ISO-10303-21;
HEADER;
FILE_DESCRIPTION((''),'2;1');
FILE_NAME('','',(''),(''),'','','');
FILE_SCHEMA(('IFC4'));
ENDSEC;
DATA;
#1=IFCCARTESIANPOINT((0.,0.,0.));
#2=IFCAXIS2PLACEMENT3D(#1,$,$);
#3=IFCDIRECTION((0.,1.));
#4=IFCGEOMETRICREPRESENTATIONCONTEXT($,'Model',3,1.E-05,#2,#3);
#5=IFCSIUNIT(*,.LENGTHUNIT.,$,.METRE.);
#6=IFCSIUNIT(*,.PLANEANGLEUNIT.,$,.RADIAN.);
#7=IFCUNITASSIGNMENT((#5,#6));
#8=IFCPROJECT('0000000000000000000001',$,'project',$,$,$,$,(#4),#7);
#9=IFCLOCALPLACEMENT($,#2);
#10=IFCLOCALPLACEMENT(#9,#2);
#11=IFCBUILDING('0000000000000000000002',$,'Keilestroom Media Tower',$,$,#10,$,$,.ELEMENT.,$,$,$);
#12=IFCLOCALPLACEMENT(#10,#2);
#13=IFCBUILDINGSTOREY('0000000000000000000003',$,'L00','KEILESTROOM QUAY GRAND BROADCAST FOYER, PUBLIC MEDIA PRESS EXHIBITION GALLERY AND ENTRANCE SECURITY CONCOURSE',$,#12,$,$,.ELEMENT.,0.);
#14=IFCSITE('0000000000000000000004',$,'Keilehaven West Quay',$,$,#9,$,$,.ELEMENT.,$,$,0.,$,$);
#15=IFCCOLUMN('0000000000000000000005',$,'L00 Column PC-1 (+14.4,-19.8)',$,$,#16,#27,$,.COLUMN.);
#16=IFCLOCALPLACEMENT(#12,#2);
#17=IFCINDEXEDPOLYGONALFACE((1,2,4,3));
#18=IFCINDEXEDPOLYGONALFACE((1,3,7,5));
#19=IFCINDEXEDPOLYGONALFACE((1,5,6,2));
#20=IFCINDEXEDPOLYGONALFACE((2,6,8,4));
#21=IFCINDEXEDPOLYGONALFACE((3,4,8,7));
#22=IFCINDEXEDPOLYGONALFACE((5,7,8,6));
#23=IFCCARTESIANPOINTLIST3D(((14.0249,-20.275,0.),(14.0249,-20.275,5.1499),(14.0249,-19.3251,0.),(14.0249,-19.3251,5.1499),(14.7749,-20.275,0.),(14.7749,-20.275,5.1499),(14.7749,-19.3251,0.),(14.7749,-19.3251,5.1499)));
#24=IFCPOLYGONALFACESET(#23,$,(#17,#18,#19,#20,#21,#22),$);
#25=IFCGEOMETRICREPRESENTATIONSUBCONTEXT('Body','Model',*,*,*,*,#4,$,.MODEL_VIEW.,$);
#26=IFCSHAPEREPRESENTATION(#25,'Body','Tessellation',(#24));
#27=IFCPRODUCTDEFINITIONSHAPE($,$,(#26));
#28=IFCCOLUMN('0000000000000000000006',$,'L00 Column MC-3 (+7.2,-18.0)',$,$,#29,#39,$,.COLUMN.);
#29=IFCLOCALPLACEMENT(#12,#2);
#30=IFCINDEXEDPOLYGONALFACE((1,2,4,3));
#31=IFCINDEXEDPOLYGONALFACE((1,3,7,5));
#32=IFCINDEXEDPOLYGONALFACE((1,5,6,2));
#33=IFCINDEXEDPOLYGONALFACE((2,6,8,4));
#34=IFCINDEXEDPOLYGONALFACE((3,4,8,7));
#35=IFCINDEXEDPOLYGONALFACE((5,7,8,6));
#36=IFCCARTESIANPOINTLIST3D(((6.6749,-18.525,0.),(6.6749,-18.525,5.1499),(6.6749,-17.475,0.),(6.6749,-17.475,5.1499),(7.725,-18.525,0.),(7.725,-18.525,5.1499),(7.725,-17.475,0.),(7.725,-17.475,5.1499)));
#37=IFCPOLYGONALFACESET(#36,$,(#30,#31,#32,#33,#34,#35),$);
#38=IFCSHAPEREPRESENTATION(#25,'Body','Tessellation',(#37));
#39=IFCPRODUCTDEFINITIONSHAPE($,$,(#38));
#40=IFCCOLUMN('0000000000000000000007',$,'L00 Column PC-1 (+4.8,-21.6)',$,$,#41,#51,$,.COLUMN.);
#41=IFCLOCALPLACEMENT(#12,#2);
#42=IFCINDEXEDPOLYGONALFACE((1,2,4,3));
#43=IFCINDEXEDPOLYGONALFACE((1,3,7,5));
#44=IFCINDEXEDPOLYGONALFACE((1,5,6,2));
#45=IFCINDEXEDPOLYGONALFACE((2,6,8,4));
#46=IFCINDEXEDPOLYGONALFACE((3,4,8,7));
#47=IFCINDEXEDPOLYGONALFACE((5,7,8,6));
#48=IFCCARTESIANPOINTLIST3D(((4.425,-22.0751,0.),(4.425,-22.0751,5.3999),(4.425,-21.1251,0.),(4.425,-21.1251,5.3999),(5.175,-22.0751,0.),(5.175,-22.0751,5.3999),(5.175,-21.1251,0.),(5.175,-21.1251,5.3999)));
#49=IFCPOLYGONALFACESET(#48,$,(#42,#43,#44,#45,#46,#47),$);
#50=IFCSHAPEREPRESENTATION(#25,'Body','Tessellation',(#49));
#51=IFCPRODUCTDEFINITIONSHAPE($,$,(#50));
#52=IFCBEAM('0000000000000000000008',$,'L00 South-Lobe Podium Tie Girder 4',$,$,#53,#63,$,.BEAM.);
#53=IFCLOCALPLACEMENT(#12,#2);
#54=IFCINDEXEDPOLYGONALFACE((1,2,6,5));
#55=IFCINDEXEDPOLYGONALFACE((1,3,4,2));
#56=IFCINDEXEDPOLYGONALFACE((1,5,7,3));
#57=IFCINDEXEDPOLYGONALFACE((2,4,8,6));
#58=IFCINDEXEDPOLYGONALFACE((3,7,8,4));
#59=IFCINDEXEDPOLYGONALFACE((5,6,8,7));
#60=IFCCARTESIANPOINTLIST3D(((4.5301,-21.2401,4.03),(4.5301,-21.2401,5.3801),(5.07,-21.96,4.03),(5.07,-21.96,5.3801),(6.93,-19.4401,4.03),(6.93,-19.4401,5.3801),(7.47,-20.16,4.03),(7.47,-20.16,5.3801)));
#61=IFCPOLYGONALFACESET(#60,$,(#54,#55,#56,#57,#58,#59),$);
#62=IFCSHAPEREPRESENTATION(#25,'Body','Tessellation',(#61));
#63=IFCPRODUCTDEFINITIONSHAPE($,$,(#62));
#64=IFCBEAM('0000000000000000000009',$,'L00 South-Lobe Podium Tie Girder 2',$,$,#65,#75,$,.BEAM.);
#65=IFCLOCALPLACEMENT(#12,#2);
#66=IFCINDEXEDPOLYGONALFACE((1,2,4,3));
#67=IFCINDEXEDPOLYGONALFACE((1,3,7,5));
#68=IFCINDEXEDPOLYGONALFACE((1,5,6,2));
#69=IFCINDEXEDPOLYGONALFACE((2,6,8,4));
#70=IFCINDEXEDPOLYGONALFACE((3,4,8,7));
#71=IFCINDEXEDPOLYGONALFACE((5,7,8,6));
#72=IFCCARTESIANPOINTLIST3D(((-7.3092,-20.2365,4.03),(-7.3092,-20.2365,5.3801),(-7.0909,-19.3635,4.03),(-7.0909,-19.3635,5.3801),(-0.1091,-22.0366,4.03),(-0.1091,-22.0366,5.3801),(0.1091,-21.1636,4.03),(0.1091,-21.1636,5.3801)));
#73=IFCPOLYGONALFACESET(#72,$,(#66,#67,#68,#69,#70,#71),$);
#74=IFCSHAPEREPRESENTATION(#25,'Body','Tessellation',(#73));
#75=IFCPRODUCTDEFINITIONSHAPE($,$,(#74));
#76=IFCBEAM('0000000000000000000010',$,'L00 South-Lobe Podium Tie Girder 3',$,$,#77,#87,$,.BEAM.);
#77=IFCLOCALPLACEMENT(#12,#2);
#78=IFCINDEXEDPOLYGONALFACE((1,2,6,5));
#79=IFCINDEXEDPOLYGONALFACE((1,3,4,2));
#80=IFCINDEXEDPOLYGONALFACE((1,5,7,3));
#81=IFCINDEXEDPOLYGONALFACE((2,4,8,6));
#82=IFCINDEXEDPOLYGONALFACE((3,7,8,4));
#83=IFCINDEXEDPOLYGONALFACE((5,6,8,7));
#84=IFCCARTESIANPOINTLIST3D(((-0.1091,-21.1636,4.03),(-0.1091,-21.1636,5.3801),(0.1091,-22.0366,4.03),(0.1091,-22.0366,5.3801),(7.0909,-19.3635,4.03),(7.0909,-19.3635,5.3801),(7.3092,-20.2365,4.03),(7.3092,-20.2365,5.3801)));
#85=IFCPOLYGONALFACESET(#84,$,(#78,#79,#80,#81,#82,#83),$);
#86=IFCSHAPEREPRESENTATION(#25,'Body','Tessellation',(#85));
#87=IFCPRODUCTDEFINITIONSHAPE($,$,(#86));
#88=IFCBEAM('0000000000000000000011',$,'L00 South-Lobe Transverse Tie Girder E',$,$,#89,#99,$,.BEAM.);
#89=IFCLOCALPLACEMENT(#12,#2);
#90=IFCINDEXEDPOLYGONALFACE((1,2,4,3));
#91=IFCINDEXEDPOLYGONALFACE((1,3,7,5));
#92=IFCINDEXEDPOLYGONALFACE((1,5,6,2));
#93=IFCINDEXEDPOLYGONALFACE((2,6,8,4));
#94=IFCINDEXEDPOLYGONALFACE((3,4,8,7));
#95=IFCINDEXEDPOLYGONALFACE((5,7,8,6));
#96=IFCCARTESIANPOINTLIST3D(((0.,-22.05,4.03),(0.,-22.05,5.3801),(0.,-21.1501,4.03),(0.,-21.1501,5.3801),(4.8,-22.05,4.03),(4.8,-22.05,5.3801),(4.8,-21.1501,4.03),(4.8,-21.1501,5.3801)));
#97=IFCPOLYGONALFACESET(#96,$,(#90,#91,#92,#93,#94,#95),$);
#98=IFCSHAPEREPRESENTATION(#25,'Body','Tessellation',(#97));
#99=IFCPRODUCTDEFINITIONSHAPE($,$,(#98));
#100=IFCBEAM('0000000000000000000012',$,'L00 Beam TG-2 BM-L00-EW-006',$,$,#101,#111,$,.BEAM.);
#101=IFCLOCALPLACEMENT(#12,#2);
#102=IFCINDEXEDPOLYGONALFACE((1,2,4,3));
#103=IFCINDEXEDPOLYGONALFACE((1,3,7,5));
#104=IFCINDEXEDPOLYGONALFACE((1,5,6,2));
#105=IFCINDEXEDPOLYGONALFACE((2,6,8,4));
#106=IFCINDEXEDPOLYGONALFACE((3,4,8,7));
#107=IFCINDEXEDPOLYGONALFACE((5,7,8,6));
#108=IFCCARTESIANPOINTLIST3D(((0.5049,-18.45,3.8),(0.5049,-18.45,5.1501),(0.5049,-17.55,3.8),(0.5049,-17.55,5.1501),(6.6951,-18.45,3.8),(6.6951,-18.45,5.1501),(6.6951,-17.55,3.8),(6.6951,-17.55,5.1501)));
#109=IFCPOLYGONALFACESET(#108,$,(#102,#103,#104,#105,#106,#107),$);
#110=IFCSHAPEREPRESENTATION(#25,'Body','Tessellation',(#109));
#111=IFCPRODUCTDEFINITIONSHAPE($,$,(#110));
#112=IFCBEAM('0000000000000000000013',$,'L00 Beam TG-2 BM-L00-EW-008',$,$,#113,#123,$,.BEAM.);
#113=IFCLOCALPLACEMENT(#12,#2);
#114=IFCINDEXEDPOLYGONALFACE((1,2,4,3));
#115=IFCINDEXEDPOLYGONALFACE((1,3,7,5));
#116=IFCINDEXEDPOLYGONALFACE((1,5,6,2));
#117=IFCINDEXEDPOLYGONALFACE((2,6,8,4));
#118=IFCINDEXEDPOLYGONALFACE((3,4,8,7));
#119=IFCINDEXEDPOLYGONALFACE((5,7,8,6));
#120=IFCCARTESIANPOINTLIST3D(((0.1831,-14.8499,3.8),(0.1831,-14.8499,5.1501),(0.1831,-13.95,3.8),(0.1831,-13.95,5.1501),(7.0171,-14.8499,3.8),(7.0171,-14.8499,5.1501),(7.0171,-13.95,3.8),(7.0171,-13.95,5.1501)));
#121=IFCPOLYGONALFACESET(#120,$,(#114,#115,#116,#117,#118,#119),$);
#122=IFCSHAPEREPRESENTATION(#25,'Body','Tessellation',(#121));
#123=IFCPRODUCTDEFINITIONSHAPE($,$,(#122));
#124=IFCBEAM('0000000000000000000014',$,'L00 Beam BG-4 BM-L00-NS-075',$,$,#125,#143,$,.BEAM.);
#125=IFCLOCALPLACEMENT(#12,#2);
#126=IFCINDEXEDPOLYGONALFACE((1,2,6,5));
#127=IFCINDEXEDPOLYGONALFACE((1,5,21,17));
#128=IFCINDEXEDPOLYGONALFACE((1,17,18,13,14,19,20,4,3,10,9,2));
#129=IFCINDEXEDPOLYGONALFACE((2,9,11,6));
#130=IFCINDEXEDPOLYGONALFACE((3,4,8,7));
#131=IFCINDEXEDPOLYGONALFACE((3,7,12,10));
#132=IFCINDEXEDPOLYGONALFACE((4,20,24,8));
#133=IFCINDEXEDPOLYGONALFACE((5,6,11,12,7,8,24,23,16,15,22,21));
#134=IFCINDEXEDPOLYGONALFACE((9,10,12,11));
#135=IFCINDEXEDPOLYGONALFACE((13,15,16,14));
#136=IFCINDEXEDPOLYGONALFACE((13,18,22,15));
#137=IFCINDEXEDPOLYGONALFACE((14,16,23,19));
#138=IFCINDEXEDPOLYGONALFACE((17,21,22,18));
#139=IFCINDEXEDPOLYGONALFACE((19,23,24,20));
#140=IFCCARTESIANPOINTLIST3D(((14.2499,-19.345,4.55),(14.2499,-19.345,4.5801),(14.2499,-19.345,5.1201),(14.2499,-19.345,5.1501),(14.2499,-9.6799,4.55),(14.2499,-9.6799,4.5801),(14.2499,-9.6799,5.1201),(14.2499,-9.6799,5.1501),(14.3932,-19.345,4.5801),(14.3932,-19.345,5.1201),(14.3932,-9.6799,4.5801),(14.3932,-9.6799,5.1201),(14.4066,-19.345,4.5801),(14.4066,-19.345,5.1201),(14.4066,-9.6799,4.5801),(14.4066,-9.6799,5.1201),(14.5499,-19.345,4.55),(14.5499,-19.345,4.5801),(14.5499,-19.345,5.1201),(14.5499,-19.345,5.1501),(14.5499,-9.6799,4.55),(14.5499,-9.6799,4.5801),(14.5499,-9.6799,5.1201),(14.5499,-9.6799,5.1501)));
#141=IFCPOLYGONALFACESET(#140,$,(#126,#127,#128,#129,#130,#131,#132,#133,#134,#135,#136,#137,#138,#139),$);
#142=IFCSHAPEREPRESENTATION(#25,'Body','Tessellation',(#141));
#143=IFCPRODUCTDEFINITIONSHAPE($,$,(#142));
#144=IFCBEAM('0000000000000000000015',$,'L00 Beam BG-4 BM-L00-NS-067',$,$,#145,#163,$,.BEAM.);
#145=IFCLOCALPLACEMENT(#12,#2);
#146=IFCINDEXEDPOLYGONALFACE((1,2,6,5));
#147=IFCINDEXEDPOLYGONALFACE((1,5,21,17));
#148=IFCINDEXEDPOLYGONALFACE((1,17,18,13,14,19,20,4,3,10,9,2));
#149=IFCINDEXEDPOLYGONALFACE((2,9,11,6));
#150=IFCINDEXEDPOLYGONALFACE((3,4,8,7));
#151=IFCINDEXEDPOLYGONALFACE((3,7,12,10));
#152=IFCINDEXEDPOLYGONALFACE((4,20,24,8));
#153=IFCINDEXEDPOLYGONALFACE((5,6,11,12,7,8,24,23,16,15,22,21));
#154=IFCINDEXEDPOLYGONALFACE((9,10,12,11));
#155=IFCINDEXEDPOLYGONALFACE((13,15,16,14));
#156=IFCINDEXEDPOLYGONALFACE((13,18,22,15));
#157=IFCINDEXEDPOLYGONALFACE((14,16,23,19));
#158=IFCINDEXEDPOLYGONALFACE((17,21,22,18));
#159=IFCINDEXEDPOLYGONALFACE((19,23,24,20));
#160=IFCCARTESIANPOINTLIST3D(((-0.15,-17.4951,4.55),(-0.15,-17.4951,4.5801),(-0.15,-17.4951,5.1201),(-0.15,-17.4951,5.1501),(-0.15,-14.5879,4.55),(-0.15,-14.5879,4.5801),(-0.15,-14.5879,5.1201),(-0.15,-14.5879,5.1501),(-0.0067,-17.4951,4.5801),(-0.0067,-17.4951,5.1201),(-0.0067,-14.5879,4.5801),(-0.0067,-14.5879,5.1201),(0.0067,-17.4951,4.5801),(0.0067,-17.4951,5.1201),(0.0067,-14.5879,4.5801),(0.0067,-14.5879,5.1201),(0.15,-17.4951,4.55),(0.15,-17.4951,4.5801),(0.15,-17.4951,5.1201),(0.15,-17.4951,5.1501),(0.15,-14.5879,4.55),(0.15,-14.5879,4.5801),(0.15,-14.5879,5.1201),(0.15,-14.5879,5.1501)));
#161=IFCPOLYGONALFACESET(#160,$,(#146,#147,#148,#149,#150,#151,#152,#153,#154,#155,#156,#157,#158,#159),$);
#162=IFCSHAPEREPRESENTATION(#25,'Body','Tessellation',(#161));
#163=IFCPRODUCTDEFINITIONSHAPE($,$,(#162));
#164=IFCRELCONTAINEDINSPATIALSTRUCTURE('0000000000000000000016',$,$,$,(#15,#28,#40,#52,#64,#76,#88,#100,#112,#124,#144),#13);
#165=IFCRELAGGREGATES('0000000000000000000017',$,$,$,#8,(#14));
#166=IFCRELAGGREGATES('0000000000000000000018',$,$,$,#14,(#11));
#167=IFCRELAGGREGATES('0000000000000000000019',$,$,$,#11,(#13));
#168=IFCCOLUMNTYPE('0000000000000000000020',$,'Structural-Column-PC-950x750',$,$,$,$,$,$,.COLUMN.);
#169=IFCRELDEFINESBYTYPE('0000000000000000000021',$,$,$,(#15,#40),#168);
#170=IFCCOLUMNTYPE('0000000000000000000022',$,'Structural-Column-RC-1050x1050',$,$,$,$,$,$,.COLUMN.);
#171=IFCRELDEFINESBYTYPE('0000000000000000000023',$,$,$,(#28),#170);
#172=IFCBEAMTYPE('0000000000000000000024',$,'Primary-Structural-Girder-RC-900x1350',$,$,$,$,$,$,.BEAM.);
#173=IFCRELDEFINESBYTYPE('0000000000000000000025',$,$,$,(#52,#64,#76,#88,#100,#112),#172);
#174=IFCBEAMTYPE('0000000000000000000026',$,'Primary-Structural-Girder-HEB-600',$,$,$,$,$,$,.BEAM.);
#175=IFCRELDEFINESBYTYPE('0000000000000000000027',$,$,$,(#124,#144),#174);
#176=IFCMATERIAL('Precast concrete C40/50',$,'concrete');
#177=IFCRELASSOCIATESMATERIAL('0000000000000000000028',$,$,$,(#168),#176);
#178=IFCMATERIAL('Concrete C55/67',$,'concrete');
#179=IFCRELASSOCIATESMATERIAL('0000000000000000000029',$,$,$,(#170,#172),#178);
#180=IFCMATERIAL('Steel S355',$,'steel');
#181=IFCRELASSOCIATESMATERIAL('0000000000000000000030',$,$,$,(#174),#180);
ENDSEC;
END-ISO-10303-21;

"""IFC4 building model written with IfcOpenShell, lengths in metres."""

from ifc_helpers import new_model, si_unit, direction, frame, origin, origin_2d, place, context, subcontext, project, spatial, rectangle, i_section, extrude, source, transform, mapped, material, material_profile, profile_set, type_object, element, save


model = new_model("IFC4")

# Units and contexts
model_context = context("Model", 3, precision=1e-05, world=origin(), true_north=direction((0.0, 1.0)))
body_context = subcontext(model_context, "Body", "Model", "MODEL_VIEW")
ifc_project = project(units=[si_unit("LENGTHUNIT", "METRE"), si_unit("PLANEANGLEUNIT", "RADIAN")], contexts=[model_context])

# Site, building, storey
site_placement = place(None, origin())
site = spatial("IfcSite", under=ifc_project, at=site_placement, Name="Keilehaven West Quay", CompositionType="ELEMENT", RefElevation=0.0)
building_placement = place(site_placement, origin())
building = spatial("IfcBuilding", under=site, at=building_placement, Name="Keilestroom Media Tower", CompositionType="ELEMENT")
storey_placement = place(building_placement, origin())
storey = spatial("IfcBuildingStorey", under=building, at=storey_placement, Name="L00", Description="KEILESTROOM QUAY GRAND BROADCAST FOYER, PUBLIC MEDIA PRESS EXHIBITION GALLERY AND ENTRANCE SECURITY CONCOURSE", CompositionType="ELEMENT", Elevation=0.0)

# Columns
ifc_material_1 = material(Name="Precast concrete C40/50", Category="concrete")
ifc_material_profile_1 = material_profile(ifc_material_1, rectangle(XDim=0.75, YDim=0.95, at=origin_2d()), Name="PC 950x750")
ifc_profile_set_1 = profile_set([ifc_material_profile_1], Name="Precast concrete C40/50")
column_type_1 = type_object("IfcColumnType", Name="Structural-Column-PC-950x750", PredefinedType="COLUMN", material=ifc_profile_set_1)
shared_shape_1 = source(origin(), body_context, "Body", "SweptSolid", [
    extrude(rectangle(XDim=0.75, YDim=0.95, at=origin_2d()), origin(), (0.0, 0.0, 1.0), 5.1499),
])
column_1_placement = place(storey_placement, frame((14.3999, -19.8, 0.0), z_axis=(0.0, 0.0, 1.0), x_axis=(1.0, 0.0, 0.0)))
element("IfcColumn", 1, at=column_1_placement, inside=storey, type_object=column_type_1, Name="L00 Column PC-1 (+14.4,-19.8)", PredefinedType="COLUMN", context=body_context, shape_type="MappedRepresentation", body=[
    mapped(shared_shape_1, transform((0.0, 0.0, 0.0), x_axis=(1.0, 0.0, 0.0), y_axis=(0.0, 1.0, 0.0), z_axis=(0.0, 0.0, 1.0), scale=1.0)),
])
ifc_material_2 = material(Name="Concrete C55/67", Category="concrete")
ifc_material_profile_2 = material_profile(ifc_material_2, rectangle(XDim=1.05, YDim=1.05, at=origin_2d()), Name="RC 1050x1050")
ifc_profile_set_2 = profile_set([ifc_material_profile_2], Name="Concrete C55/67")
column_type_2 = type_object("IfcColumnType", Name="Structural-Column-RC-1050x1050", PredefinedType="COLUMN", material=ifc_profile_set_2)
shared_shape_2 = source(origin(), body_context, "Body", "SweptSolid", [
    extrude(rectangle(XDim=1.05, YDim=1.05, at=origin_2d()), origin(), (0.0, 0.0, 1.0), 5.1499),
])
column_2_placement = place(storey_placement, frame((7.2, -18.0, 0.0), z_axis=(0.0, 0.0, 1.0), x_axis=(1.0, 0.0, 0.0)))
element("IfcColumn", 2, at=column_2_placement, inside=storey, type_object=column_type_2, Name="L00 Column MC-3 (+7.2,-18.0)", PredefinedType="COLUMN", context=body_context, shape_type="MappedRepresentation", body=[
    mapped(shared_shape_2, transform((0.0, 0.0, 0.0), x_axis=(1.0, 0.0, 0.0), y_axis=(0.0, 1.0, 0.0), z_axis=(0.0, 0.0, 1.0), scale=1.0)),
])
shared_shape_3 = source(origin(), body_context, "Body", "SweptSolid", [
    extrude(rectangle(XDim=0.75, YDim=0.95, at=origin_2d()), origin(), (0.0, 0.0, 1.0), 5.3999),
])
column_3_placement = place(storey_placement, frame((4.8, -21.6001, 0.0), z_axis=(0.0, 0.0, 1.0), x_axis=(1.0, 0.0, 0.0)))
element("IfcColumn", 3, at=column_3_placement, inside=storey, type_object=column_type_1, Name="L00 Column PC-1 (+4.8,-21.6)", PredefinedType="COLUMN", context=body_context, shape_type="MappedRepresentation", body=[
    mapped(shared_shape_3, transform((0.0, 0.0, 0.0), x_axis=(1.0, 0.0, 0.0), y_axis=(0.0, 1.0, 0.0), z_axis=(0.0, 0.0, 1.0), scale=1.0)),
])

# Beams
ifc_material_profile_3 = material_profile(ifc_material_2, rectangle(XDim=0.8999, YDim=1.3501, at=origin_2d()), Name="RC 900x1350")
ifc_profile_set_3 = profile_set([ifc_material_profile_3], Name="Concrete C55/67")
beam_type_1 = type_object("IfcBeamType", Name="Primary-Structural-Girder-RC-900x1350", PredefinedType="BEAM", material=ifc_profile_set_3)
shared_shape_4 = source(origin(), body_context, "Body", "SweptSolid", [
    extrude(rectangle(XDim=0.8999, YDim=1.3501, at=origin_2d()), origin(), (0.0, 0.0, 1.0), 3.0),
])
beam_1_placement = place(storey_placement, frame((4.8, -21.6001, 4.7051), z_axis=(0.79998, 0.600026, 0.0), x_axis=(-0.600026, 0.79998, 0.0)))
element("IfcBeam", 4, at=beam_1_placement, inside=storey, type_object=beam_type_1, Name="L00 South-Lobe Podium Tie Girder 4", PredefinedType="BEAM", context=body_context, shape_type="MappedRepresentation", body=[
    mapped(shared_shape_4, transform((0.0, 0.0, 0.0), x_axis=(1.0, 0.0, 0.0), y_axis=(0.0, 1.0, 0.0), z_axis=(0.0, 0.0, 1.0), scale=1.0)),
])
shared_shape_5 = source(origin(), body_context, "Body", "SweptSolid", [
    extrude(rectangle(XDim=0.8999, YDim=1.3501, at=origin_2d()), origin(), (0.0, 0.0, 1.0), 7.4216),
])
for number, where, z_axis, x_axis, name in (
    (5, (0.0, -21.6001, 4.7051), (-0.970141, 0.242543, 0.0), (-0.242543, -0.970141, 0.0), "L00 South-Lobe Podium Tie Girder 2"),
    (6, (0.0, -21.6001, 4.7051), (0.970141, 0.242543, 0.0), (-0.242543, 0.970141, 0.0), "L00 South-Lobe Podium Tie Girder 3"),
):
    element("IfcBeam", number, at=place(storey_placement, frame(where, z_axis=z_axis, x_axis=x_axis)), inside=storey, type_object=beam_type_1, Name=name, PredefinedType="BEAM", context=body_context, shape_type="MappedRepresentation", body=[
        mapped(shared_shape_5, transform((0.0, 0.0, 0.0), x_axis=(1.0, 0.0, 0.0), y_axis=(0.0, 1.0, 0.0), z_axis=(0.0, 0.0, 1.0), scale=1.0)),
    ])
shared_shape_6 = source(origin(), body_context, "Body", "SweptSolid", [
    extrude(rectangle(XDim=0.8999, YDim=1.3501, at=origin_2d()), origin(), (0.0, 0.0, 1.0), 4.8),
])
beam_2_placement = place(storey_placement, frame((0.0, -21.6001, 4.7051), z_axis=(1.0, 0.0, 0.0), x_axis=(0.0, 1.0, 0.0)))
element("IfcBeam", 7, at=beam_2_placement, inside=storey, type_object=beam_type_1, Name="L00 South-Lobe Transverse Tie Girder E", PredefinedType="BEAM", context=body_context, shape_type="MappedRepresentation", body=[
    mapped(shared_shape_6, transform((0.0, 0.0, 0.0), x_axis=(1.0, 0.0, 0.0), y_axis=(0.0, 1.0, 0.0), z_axis=(0.0, 0.0, 1.0), scale=1.0)),
])
shared_shape_7 = source(origin(), body_context, "Body", "SweptSolid", [
    extrude(rectangle(XDim=0.8999, YDim=1.3501, at=origin_2d()), origin(), (0.0, 0.0, 1.0), 6.1902),
])
beam_3_placement = place(storey_placement, frame((0.5049, -18.0, 4.4751), z_axis=(1.0, 0.0, 0.0), x_axis=(0.0, 1.0, 0.0)))
element("IfcBeam", 8, at=beam_3_placement, inside=storey, type_object=beam_type_1, Name="L00 Beam TG-2 BM-L00-EW-006", PredefinedType="BEAM", context=body_context, shape_type="MappedRepresentation", body=[
    mapped(shared_shape_7, transform((0.0, 0.0, 0.0), x_axis=(1.0, 0.0, 0.0), y_axis=(0.0, 1.0, 0.0), z_axis=(0.0, 0.0, 1.0), scale=1.0)),
])
shared_shape_8 = source(origin(), body_context, "Body", "SweptSolid", [
    extrude(rectangle(XDim=0.8999, YDim=1.3501, at=origin_2d()), origin(), (0.0, 0.0, 1.0), 6.834),
])
beam_4_placement = place(storey_placement, frame((0.1831, -14.3999, 4.4751), z_axis=(1.0, 0.0, 0.0), x_axis=(0.0, 1.0, 0.0)))
element("IfcBeam", 9, at=beam_4_placement, inside=storey, type_object=beam_type_1, Name="L00 Beam TG-2 BM-L00-EW-008", PredefinedType="BEAM", context=body_context, shape_type="MappedRepresentation", body=[
    mapped(shared_shape_8, transform((0.0, 0.0, 0.0), x_axis=(1.0, 0.0, 0.0), y_axis=(0.0, 1.0, 0.0), z_axis=(0.0, 0.0, 1.0), scale=1.0)),
])
ifc_material_3 = material(Name="Steel S355", Category="steel")
ifc_material_profile_4 = material_profile(ifc_material_3, i_section(OverallWidth=0.3, OverallDepth=0.6001, WebThickness=0.0134, FlangeThickness=0.03, at=origin_2d()), Name="HEB 600")
ifc_profile_set_4 = profile_set([ifc_material_profile_4], Name="Steel S355")
beam_type_2 = type_object("IfcBeamType", Name="Primary-Structural-Girder-HEB-600", PredefinedType="BEAM", material=ifc_profile_set_4)
shared_shape_9 = source(origin(), body_context, "Body", "SweptSolid", [
    extrude(i_section(OverallWidth=0.3, OverallDepth=0.6001, WebThickness=0.0134, FlangeThickness=0.03, at=origin_2d()), origin(), (0.0, 0.0, 1.0), 9.665),
])
beam_5_placement = place(storey_placement, frame((14.3999, -19.345, 4.8501), z_axis=(0.0, 1.0, 0.0), x_axis=(-1.0, 0.0, 0.0)))
element("IfcBeam", 10, at=beam_5_placement, inside=storey, type_object=beam_type_2, Name="L00 Beam BG-4 BM-L00-NS-075", PredefinedType="BEAM", context=body_context, shape_type="MappedRepresentation", body=[
    mapped(shared_shape_9, transform((0.0, 0.0, 0.0), x_axis=(1.0, 0.0, 0.0), y_axis=(0.0, 1.0, 0.0), z_axis=(0.0, 0.0, 1.0), scale=1.0)),
])
shared_shape_10 = source(origin(), body_context, "Body", "SweptSolid", [
    extrude(i_section(OverallWidth=0.3, OverallDepth=0.6001, WebThickness=0.0134, FlangeThickness=0.03, at=origin_2d()), origin(), (0.0, 0.0, 1.0), 2.9072),
])
for number, where, z_axis, x_axis, name in (
    (11, (0.0, -17.4951, 4.8501), (0.0, 1.0, 0.0), (-1.0, 0.0, 0.0), "L00 Beam BG-4 BM-L00-NS-067"),
):
    element("IfcBeam", number, at=place(storey_placement, frame(where, z_axis=z_axis, x_axis=x_axis)), inside=storey, type_object=beam_type_2, Name=name, PredefinedType="BEAM", context=body_context, shape_type="MappedRepresentation", body=[
        mapped(shared_shape_10, transform((0.0, 0.0, 0.0), x_axis=(1.0, 0.0, 0.0), y_axis=(0.0, 1.0, 0.0), z_axis=(0.0, 0.0, 1.0), scale=1.0)),
    ])

save(model, "model.ifc")
